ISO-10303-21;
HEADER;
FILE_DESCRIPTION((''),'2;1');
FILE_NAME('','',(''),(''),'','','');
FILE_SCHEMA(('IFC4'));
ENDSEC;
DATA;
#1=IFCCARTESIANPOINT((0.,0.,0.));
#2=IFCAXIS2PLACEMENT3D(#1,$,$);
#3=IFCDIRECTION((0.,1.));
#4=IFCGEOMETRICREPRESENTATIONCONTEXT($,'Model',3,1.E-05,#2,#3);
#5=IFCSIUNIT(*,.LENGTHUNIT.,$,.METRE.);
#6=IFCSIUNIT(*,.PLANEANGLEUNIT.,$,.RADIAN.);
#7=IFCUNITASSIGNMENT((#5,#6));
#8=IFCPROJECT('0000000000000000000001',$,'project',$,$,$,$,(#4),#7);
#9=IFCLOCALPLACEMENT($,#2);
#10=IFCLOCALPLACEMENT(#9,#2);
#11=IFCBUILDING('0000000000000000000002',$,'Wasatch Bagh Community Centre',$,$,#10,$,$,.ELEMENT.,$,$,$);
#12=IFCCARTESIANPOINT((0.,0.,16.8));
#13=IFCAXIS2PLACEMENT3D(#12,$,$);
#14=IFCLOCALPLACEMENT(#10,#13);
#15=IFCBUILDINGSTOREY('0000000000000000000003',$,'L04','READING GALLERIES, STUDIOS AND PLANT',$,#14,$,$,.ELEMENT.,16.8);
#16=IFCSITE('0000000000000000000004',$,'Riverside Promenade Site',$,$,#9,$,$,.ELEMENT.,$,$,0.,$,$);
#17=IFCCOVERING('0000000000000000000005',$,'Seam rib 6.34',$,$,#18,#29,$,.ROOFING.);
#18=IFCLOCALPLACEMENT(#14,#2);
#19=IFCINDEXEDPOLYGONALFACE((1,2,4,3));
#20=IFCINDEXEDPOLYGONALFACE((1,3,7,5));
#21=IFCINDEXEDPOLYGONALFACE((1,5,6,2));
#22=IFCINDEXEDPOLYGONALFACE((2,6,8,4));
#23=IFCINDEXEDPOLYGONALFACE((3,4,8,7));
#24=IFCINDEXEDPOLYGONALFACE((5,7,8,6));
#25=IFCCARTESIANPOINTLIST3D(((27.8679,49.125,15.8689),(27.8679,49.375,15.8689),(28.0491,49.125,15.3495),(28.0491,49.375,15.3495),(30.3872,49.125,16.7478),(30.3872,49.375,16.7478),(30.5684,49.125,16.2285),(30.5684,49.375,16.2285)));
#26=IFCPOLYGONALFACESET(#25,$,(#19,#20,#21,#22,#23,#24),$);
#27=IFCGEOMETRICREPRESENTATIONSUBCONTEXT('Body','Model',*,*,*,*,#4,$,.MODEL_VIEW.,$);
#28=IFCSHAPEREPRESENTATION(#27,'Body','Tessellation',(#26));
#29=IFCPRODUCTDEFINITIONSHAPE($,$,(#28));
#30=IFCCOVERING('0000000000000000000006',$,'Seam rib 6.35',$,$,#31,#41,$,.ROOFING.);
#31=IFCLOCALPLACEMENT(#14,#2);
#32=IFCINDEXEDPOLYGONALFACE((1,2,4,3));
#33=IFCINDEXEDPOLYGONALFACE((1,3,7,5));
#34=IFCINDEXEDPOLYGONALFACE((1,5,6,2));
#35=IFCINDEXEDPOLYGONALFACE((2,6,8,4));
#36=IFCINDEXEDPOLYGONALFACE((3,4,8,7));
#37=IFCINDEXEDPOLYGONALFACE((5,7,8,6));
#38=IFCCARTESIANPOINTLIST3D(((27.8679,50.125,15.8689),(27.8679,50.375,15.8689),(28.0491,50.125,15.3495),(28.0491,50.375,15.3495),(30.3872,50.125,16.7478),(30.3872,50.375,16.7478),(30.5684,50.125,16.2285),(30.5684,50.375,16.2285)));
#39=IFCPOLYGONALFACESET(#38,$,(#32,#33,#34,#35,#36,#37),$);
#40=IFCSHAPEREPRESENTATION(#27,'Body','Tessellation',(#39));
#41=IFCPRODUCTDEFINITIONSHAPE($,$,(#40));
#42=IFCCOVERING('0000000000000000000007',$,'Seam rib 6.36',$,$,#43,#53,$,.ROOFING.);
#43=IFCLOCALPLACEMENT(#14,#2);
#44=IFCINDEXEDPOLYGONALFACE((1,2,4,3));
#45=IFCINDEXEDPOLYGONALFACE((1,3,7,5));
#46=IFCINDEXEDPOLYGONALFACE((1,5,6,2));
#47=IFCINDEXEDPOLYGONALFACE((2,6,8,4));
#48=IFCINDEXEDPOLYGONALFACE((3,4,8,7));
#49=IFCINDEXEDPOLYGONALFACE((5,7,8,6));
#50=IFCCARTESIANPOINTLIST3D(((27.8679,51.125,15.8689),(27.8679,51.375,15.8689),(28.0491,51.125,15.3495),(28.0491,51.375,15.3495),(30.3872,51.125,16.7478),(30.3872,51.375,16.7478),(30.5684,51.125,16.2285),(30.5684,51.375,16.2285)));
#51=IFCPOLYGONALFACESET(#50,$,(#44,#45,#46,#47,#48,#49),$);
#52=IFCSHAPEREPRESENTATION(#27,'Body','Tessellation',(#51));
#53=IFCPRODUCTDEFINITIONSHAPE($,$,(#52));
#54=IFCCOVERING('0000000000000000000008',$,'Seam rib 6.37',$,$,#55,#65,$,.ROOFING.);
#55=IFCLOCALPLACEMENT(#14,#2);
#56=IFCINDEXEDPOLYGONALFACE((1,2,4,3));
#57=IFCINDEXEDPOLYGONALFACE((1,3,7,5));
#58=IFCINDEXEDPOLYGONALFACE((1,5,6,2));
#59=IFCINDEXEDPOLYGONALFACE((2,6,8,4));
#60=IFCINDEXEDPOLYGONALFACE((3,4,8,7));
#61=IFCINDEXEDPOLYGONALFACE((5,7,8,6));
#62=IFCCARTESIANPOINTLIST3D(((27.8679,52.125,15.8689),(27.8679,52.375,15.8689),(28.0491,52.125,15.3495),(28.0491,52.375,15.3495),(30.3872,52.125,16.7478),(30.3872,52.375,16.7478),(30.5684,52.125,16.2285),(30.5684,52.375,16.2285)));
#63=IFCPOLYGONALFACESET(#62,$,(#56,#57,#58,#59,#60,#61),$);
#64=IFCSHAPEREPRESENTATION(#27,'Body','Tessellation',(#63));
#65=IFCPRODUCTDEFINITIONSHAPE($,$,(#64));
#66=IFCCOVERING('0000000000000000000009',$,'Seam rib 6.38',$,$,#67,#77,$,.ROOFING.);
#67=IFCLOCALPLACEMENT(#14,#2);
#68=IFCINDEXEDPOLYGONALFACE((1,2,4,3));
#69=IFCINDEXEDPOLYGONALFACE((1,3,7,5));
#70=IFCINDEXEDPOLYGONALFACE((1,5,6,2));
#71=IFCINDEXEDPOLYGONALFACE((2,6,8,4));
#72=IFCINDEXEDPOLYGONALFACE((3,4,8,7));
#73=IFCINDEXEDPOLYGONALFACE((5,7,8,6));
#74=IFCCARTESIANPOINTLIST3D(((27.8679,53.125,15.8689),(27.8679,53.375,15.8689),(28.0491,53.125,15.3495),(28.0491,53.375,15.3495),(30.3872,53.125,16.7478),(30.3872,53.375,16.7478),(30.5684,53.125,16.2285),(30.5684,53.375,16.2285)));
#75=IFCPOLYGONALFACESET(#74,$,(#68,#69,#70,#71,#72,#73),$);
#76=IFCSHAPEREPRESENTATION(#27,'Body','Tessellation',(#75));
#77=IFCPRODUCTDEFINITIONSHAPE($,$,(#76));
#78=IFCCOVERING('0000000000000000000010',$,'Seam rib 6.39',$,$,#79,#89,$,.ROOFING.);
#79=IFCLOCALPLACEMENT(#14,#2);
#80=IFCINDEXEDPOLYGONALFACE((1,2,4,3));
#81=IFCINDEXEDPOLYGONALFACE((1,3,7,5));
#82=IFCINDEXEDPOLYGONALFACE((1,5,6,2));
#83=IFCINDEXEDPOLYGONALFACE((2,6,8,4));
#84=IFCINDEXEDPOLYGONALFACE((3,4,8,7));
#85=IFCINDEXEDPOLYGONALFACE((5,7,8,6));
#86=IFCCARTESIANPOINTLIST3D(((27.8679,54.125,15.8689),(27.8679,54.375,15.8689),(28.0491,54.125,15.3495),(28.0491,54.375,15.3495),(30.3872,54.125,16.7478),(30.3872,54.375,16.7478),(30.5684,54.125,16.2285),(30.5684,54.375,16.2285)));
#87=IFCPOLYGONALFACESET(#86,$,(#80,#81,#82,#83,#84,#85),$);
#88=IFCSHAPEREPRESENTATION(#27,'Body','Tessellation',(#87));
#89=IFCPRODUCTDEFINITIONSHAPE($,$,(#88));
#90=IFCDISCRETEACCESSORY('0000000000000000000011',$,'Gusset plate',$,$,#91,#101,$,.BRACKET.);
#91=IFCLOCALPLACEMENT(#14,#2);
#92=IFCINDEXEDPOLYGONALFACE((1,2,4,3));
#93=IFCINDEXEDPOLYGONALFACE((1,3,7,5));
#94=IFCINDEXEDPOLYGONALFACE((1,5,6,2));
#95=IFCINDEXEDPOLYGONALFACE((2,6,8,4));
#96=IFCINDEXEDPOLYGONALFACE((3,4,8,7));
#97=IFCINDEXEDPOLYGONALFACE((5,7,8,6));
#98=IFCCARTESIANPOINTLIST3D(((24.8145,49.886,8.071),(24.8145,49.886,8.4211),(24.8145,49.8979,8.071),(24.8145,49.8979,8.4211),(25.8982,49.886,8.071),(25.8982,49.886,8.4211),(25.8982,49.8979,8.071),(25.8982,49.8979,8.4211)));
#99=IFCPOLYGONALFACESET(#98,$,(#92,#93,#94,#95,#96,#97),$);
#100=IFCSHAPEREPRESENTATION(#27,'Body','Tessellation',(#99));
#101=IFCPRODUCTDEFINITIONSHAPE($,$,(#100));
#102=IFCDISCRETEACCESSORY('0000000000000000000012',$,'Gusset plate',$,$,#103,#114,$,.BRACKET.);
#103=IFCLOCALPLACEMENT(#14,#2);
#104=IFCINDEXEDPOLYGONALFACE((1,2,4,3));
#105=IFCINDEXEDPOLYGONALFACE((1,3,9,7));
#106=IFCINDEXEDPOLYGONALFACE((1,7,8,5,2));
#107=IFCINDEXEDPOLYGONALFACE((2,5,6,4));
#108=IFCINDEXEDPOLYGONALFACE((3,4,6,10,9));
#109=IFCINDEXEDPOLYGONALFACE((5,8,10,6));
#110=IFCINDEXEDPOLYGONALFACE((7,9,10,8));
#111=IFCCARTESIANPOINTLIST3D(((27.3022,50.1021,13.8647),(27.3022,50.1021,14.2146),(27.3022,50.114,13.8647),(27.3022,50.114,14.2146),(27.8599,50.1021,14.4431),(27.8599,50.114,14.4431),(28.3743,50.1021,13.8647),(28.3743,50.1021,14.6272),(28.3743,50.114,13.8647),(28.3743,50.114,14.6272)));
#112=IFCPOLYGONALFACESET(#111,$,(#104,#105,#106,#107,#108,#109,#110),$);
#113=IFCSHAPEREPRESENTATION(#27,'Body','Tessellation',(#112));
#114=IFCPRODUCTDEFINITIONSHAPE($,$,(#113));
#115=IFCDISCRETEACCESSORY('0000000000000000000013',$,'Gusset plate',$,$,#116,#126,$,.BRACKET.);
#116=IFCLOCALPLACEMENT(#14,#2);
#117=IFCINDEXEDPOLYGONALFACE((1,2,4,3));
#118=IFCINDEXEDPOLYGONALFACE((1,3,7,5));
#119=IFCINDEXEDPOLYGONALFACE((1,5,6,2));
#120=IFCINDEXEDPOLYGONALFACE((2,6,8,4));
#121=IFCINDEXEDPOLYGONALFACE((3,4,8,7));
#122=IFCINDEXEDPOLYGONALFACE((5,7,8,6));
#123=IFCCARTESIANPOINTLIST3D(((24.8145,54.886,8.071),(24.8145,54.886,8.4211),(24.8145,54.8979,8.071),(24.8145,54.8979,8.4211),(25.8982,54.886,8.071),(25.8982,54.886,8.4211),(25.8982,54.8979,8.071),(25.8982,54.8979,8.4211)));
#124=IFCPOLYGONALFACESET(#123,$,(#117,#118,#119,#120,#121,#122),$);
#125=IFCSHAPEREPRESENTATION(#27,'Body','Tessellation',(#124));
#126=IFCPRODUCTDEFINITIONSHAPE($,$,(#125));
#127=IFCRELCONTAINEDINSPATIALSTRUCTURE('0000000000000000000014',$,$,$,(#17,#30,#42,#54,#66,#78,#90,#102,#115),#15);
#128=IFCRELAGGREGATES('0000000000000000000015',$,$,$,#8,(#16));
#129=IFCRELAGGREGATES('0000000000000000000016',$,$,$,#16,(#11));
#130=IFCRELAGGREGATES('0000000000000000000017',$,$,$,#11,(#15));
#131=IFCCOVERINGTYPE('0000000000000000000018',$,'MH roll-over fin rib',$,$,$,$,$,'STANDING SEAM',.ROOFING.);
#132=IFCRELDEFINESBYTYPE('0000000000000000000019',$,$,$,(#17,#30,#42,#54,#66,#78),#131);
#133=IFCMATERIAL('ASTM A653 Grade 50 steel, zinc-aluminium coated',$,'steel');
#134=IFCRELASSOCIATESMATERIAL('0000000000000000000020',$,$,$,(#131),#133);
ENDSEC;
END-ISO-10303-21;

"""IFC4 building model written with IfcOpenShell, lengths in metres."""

from ifc_helpers import new_model, si_unit, direction, frame, origin, place, context, subcontext, project, spatial, polyline, outline, extrude, material, type_object, element, save


model = new_model("IFC4")

# Units and contexts
model_context = context("Model", 3, precision=1e-05, world=origin(), true_north=direction((0.0, 1.0)))
body_context = subcontext(model_context, "Body", "Model", "MODEL_VIEW")
ifc_project = project(units=[si_unit("LENGTHUNIT", "METRE"), si_unit("PLANEANGLEUNIT", "RADIAN")], contexts=[model_context])

# Site, building, storey
site_placement = place(None, origin())
site = spatial("IfcSite", under=ifc_project, at=site_placement, Name="Riverside Promenade Site", CompositionType="ELEMENT", RefElevation=0.0)
building_placement = place(site_placement, origin())
building = spatial("IfcBuilding", under=site, at=building_placement, Name="Wasatch Bagh Community Centre", CompositionType="ELEMENT")
storey_placement = place(building_placement, frame((0.0, 0.0, 16.8)))
storey = spatial("IfcBuildingStorey", under=building, at=storey_placement, Name="L04", Description="READING GALLERIES, STUDIOS AND PLANT", CompositionType="ELEMENT", Elevation=16.8)

# Coverings
ifc_material_1 = material(Name="ASTM A653 Grade 50 steel, zinc-aluminium coated", Category="steel")
covering_type = type_object("IfcCoveringType", Name="MH roll-over fin rib", ElementType="STANDING SEAM", PredefinedType="ROOFING", material=ifc_material_1)
for number, where, z_axis, x_axis, name in (
    (1, (27.8679, 49.125, 15.8689), (-0.329401, 0.0, 0.94419), (0.94419, 0.0, 0.329401), "Seam rib 6.34"),
    (2, (27.8679, 50.125, 15.8689), (-0.329401, 0.0, 0.94419), (0.94419, 0.0, 0.329401), "Seam rib 6.35"),
    (3, (27.8679, 51.125, 15.8689), (-0.329401, 0.0, 0.94419), (0.94419, 0.0, 0.329401), "Seam rib 6.36"),
    (4, (27.8679, 52.125, 15.8689), (-0.329401, 0.0, 0.94419), (0.94419, 0.0, 0.329401), "Seam rib 6.37"),
    (5, (27.8679, 53.125, 15.8689), (-0.329401, 0.0, 0.94419), (0.94419, 0.0, 0.329401), "Seam rib 6.38"),
    (6, (27.8679, 54.125, 15.8689), (-0.329401, 0.0, 0.94419), (0.94419, 0.0, 0.329401), "Seam rib 6.39"),
):
    element("IfcCovering", number, at=place(storey_placement, frame(where, z_axis=z_axis, x_axis=x_axis)), inside=storey, type_object=covering_type, Name=name, PredefinedType="ROOFING", context=body_context, shape_type="SweptSolid", body=[
        extrude(outline(polyline([(0.0, 0.0), (2.6682, 0.0), (2.6682, 0.25), (0.0, 0.25), (0.0, 0.0)])), origin(), (0.0, 0.0, -1.0), 0.55),
    ])

# Discrete accessories
discrete_accessory_1_placement = place(storey_placement, frame((24.8145, 49.886, 8.071), z_axis=(0.0, -1.0, 0.0), x_axis=(1.0, 0.0, 0.0)))
element("IfcDiscreteAccessory", 7, at=discrete_accessory_1_placement, inside=storey, Name="Gusset plate", PredefinedType="BRACKET", context=body_context, shape_type="SweptSolid", body=[
    extrude(outline(polyline([(0.0, 0.0), (1.0837, 0.0), (1.0837, 0.3501), (0.0, 0.3501), (0.0, 0.0)])), origin(), (0.0, 0.0, -1.0), 0.012),
])
discrete_accessory_2_placement = place(storey_placement, frame((27.3022, 50.114, 14.2146), z_axis=(0.0, 1.0, 0.0), x_axis=(0.925314, 0.0, 0.379201)))
element("IfcDiscreteAccessory", 8, at=discrete_accessory_2_placement, inside=storey, Name="Gusset plate", PredefinedType="BRACKET", context=body_context, shape_type="SweptSolid", body=[
    extrude(outline(polyline([(0.0, 0.0), (0.6026, 0.0), (1.1484, 0.0247), (0.8593, 0.7302), (-0.1327, 0.3237), (0.0, 0.0)])), origin(), (0.0, 0.0, -1.0), 0.012),
])
discrete_accessory_3_placement = place(storey_placement, frame((24.8145, 54.886, 8.071), z_axis=(0.0, -1.0, 0.0), x_axis=(1.0, 0.0, 0.0)))
element("IfcDiscreteAccessory", 9, at=discrete_accessory_3_placement, inside=storey, Name="Gusset plate", PredefinedType="BRACKET", context=body_context, shape_type="SweptSolid", body=[
    extrude(outline(polyline([(0.0, 0.0), (1.0837, 0.0), (1.0837, 0.3501), (0.0, 0.3501), (0.0, 0.0)])), origin(), (0.0, 0.0, -1.0), 0.012),
])

save(model, "model.ifc")
